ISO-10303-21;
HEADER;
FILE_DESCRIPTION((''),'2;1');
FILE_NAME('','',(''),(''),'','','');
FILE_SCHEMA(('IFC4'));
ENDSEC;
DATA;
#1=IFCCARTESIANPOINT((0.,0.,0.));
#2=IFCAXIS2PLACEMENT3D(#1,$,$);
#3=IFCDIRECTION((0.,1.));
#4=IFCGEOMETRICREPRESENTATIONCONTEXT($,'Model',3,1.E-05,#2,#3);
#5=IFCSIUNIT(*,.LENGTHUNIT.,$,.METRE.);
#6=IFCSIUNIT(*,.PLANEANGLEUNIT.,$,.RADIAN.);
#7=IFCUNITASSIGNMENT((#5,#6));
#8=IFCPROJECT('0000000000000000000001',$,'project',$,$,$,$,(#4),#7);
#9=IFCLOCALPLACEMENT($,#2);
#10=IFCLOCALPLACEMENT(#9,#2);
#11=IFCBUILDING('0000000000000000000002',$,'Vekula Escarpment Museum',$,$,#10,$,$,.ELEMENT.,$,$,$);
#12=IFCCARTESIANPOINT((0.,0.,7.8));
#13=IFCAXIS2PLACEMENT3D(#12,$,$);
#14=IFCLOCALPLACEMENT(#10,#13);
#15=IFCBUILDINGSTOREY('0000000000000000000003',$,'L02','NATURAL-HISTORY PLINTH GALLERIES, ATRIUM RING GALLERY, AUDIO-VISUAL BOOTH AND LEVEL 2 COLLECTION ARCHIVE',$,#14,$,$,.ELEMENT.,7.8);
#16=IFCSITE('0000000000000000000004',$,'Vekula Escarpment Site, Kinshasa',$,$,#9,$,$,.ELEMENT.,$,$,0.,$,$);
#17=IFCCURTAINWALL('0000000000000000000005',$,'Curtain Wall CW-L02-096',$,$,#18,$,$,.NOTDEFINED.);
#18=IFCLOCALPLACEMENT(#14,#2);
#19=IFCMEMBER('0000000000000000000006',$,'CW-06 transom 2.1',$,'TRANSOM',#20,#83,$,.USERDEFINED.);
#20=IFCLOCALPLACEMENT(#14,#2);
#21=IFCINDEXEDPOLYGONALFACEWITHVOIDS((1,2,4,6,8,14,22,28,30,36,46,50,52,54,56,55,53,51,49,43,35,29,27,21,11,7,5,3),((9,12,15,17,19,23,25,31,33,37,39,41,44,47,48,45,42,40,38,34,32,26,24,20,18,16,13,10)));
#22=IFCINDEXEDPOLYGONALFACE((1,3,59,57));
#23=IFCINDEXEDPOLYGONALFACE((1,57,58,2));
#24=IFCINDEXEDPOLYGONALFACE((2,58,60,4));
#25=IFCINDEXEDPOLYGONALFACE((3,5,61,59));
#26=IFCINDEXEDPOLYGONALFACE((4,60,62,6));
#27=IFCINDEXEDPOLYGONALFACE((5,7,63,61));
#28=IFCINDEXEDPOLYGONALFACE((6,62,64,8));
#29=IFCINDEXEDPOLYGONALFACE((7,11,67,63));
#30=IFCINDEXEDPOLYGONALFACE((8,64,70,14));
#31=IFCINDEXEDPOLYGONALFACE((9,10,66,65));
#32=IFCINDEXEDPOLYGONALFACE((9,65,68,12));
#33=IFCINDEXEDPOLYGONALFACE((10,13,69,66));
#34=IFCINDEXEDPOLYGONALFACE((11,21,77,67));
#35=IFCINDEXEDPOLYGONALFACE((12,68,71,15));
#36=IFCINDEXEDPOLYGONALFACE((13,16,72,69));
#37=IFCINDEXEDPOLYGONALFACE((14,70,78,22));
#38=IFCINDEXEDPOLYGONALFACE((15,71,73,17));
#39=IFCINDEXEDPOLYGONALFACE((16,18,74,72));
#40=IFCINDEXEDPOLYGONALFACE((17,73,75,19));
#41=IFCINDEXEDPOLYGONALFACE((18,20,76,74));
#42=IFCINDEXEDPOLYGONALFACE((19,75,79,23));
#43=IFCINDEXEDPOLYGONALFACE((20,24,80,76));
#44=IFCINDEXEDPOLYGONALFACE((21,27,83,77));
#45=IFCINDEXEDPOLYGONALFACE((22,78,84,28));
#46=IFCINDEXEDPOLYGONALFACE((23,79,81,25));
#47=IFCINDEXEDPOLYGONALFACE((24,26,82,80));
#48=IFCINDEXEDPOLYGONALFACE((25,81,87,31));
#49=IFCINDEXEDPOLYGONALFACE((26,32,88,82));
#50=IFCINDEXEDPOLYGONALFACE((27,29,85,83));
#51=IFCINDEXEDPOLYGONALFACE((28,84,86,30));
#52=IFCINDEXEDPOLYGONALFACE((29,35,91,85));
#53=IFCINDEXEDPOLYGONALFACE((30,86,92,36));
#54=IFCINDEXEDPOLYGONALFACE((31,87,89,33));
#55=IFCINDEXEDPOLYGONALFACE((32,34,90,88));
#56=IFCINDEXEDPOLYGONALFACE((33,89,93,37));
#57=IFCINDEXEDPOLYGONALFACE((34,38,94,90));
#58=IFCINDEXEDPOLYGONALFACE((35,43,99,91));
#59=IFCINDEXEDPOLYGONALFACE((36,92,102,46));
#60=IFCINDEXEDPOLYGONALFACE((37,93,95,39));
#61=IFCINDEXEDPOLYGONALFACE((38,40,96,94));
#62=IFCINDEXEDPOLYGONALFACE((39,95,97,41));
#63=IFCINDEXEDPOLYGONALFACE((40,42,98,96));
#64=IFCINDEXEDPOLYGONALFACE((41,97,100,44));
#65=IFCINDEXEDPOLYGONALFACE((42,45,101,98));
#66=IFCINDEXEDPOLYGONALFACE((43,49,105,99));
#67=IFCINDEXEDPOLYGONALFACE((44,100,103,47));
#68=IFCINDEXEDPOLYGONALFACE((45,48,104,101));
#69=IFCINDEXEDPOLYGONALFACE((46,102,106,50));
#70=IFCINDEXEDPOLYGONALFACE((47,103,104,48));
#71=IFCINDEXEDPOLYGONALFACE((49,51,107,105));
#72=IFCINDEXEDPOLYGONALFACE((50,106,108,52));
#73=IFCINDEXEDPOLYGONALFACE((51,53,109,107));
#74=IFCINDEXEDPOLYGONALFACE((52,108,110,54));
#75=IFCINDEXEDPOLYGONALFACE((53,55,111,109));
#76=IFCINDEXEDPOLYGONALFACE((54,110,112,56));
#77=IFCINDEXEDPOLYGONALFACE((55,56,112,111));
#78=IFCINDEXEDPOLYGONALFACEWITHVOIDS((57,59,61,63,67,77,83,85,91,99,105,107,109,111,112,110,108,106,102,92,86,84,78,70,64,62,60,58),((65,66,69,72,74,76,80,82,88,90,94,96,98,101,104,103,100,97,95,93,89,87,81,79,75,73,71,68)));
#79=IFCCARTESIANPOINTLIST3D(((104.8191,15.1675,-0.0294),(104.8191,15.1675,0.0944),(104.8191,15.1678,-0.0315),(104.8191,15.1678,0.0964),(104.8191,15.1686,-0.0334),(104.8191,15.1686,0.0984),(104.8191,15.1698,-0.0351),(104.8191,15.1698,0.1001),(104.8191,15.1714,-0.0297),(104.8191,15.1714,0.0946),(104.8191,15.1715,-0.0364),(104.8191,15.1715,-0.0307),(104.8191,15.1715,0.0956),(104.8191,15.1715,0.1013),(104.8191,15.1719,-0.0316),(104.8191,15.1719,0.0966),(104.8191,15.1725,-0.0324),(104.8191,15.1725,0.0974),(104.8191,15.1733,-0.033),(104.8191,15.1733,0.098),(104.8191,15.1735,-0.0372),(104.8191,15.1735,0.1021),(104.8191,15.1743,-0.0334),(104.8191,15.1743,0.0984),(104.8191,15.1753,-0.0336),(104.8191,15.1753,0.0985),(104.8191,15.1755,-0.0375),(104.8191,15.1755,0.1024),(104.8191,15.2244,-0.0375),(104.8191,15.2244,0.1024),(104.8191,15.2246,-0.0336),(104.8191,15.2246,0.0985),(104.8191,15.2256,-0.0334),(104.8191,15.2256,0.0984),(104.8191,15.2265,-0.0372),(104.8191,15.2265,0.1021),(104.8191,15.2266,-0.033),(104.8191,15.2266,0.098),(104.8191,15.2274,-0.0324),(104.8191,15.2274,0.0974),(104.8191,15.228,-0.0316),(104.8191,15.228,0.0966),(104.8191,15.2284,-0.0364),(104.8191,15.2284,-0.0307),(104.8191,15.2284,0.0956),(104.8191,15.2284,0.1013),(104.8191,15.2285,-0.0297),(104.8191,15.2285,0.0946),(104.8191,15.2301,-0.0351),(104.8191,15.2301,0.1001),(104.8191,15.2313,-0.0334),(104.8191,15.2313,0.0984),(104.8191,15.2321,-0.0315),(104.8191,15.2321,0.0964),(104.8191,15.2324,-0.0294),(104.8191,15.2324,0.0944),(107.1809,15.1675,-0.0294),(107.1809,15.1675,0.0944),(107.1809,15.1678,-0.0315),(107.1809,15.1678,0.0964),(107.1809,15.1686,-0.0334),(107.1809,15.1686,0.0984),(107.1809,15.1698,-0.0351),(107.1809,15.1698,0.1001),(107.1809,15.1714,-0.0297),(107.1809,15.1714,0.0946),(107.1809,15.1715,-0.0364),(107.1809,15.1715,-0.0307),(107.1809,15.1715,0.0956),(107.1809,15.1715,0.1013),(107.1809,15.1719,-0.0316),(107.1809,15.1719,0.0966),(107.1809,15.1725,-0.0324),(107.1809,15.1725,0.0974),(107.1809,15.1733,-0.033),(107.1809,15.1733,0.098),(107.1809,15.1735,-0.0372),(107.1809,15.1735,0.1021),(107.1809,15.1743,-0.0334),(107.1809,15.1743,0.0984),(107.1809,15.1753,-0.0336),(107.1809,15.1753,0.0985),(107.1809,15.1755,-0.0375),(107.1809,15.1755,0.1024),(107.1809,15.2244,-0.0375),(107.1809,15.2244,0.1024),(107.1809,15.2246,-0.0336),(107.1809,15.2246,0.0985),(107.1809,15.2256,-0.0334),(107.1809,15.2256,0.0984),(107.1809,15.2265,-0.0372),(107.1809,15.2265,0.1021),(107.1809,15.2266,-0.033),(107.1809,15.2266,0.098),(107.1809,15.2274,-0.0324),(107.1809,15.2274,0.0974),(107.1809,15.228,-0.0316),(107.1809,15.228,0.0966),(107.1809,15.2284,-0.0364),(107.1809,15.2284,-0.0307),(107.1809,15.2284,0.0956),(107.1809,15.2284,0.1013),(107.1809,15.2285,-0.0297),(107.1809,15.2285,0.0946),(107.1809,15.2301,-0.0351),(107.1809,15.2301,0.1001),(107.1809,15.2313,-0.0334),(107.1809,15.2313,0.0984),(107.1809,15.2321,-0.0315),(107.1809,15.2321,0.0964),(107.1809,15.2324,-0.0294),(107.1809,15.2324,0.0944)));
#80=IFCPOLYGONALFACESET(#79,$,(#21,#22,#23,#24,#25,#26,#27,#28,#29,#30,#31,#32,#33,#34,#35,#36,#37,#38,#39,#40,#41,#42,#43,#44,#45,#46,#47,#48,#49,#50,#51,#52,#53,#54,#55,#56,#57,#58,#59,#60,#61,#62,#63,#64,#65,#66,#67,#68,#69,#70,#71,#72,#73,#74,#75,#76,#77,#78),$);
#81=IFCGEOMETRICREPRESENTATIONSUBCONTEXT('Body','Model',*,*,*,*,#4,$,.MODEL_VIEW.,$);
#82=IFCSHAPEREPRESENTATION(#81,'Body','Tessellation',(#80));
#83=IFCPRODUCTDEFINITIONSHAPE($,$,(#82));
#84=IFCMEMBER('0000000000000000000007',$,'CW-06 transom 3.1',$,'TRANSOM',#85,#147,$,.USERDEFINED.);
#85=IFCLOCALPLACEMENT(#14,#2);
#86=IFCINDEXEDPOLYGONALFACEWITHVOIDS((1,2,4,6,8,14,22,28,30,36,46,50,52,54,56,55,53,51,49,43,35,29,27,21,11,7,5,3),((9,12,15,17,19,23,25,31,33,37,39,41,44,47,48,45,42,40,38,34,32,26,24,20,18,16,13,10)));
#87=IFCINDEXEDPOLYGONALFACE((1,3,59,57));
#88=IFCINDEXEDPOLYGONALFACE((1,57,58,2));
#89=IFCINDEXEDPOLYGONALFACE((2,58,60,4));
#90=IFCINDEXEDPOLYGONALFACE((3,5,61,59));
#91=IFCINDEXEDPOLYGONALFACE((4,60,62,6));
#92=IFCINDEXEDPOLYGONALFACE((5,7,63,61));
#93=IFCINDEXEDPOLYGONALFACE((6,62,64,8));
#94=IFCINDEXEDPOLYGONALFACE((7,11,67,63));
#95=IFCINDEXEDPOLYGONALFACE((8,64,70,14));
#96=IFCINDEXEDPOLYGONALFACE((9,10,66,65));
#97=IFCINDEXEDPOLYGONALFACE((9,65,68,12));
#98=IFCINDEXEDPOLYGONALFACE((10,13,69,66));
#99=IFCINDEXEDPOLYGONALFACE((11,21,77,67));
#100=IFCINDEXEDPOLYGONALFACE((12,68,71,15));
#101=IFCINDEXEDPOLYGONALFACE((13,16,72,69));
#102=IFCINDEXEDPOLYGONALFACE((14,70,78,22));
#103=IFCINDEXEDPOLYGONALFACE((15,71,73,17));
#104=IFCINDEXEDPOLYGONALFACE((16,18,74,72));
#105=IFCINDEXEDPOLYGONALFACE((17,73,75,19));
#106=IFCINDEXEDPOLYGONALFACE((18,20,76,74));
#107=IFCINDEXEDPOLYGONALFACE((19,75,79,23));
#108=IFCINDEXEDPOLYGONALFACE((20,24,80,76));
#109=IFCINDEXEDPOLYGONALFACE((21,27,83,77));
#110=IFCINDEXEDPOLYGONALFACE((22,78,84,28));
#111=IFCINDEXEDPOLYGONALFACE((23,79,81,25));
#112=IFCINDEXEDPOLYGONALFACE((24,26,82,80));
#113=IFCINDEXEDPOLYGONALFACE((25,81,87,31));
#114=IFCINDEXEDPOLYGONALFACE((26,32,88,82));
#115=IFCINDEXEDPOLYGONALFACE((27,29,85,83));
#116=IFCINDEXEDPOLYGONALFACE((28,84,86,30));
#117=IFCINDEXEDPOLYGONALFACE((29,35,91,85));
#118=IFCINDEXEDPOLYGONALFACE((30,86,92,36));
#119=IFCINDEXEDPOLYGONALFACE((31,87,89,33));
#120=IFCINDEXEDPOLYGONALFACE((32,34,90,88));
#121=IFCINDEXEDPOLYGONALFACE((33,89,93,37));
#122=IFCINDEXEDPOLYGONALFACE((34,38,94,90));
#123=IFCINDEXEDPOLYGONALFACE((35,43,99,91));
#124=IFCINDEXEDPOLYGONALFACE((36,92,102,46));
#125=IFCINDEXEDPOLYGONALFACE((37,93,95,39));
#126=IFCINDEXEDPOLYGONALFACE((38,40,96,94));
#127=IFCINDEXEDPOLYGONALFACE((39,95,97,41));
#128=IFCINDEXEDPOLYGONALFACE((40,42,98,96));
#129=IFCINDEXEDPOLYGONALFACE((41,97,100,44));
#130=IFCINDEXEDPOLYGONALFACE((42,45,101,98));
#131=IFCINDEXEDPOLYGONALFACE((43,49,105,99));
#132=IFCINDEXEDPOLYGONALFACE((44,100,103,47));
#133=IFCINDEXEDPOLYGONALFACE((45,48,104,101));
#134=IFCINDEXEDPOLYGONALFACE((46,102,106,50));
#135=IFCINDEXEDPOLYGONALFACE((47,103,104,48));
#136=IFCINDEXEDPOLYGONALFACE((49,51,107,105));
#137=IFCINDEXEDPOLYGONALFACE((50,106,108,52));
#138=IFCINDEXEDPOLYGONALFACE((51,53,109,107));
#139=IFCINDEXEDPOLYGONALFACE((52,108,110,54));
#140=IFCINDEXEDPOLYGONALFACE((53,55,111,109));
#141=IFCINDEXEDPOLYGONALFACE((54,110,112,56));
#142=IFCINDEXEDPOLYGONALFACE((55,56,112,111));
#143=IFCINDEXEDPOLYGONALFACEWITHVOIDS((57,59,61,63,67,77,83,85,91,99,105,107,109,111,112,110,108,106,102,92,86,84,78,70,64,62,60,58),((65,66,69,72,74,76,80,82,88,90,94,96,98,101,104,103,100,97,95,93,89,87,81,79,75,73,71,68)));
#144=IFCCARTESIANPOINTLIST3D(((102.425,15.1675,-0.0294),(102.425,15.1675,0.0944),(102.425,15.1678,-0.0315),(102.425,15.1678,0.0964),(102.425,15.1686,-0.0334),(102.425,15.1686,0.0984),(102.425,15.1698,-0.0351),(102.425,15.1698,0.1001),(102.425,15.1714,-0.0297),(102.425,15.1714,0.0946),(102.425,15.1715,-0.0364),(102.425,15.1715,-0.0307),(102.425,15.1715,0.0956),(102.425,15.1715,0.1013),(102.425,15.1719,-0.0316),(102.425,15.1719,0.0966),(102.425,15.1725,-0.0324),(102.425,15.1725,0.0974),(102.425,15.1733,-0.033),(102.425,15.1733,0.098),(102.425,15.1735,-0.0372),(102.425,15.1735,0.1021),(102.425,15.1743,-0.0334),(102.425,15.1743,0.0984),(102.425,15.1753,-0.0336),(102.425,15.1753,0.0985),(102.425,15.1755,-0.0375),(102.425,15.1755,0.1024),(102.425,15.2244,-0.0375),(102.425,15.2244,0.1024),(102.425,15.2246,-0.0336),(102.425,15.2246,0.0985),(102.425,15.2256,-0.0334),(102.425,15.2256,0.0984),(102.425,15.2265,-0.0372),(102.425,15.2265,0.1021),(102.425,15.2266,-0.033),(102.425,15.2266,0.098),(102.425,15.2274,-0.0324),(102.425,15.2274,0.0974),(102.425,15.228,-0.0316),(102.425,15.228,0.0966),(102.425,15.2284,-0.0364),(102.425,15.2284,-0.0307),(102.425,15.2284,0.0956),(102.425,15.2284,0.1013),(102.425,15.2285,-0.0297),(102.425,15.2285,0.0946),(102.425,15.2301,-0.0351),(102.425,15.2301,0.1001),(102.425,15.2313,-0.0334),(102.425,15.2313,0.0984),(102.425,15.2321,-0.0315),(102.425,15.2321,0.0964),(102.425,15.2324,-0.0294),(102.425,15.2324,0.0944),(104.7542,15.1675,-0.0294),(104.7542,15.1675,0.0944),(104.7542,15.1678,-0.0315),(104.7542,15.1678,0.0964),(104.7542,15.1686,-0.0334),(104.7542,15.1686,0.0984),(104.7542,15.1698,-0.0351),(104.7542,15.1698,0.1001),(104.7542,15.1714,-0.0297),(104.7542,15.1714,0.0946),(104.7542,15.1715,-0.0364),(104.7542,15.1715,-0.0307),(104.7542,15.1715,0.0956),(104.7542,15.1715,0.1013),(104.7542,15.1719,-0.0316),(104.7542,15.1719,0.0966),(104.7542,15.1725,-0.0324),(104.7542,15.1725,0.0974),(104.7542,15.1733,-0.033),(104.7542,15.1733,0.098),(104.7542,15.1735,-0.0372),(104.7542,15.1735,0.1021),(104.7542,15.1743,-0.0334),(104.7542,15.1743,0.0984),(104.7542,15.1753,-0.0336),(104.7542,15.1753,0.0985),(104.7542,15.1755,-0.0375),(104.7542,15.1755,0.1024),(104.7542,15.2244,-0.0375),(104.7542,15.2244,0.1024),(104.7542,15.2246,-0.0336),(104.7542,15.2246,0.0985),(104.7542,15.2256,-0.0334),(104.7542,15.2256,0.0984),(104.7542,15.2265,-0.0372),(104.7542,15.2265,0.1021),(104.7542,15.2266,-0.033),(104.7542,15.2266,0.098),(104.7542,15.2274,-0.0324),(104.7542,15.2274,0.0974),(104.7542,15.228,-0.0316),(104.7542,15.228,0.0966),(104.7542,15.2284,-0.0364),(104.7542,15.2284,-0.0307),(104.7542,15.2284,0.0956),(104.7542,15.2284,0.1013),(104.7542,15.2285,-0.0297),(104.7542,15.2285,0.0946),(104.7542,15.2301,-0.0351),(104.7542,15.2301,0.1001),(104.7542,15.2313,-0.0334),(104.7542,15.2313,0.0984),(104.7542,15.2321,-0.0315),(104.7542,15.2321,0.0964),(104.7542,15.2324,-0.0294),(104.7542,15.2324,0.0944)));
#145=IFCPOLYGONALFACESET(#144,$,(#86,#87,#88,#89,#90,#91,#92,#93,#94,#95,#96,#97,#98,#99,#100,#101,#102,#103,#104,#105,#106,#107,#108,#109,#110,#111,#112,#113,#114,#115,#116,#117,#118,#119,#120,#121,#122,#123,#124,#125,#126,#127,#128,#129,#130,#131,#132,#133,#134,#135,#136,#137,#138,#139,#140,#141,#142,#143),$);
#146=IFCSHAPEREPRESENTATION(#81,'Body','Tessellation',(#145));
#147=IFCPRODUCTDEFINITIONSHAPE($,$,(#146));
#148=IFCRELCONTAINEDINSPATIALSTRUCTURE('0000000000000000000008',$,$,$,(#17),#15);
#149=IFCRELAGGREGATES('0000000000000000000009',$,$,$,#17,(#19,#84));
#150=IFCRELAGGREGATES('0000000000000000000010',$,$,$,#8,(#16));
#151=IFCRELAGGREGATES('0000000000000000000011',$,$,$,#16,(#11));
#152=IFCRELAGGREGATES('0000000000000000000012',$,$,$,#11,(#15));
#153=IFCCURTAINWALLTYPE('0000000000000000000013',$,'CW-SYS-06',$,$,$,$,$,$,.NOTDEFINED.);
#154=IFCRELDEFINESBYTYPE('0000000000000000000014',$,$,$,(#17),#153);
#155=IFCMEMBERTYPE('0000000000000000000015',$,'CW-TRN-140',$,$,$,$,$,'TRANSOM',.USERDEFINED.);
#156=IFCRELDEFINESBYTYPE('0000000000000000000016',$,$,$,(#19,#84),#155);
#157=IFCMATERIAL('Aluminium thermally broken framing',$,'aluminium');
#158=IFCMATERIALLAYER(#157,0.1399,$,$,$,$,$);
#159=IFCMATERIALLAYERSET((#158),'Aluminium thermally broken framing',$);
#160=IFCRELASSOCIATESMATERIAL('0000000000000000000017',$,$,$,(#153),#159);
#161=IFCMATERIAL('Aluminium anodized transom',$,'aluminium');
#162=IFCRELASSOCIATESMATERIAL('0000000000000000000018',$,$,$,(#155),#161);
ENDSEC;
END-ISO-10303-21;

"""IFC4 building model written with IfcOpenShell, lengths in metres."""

from ifc_helpers import new_model, si_unit, direction, frame, origin, origin_2d, place, context, subcontext, project, spatial, hollow_rectangle, extrude, material, layer, layer_set, material_profile, profile_set, type_object, element, aggregate, save


model = new_model("IFC4")

# Units and contexts
model_context = context("Model", 3, precision=1e-05, world=origin(), true_north=direction((0.0, 1.0)))
body_context = subcontext(model_context, "Body", "Model", "MODEL_VIEW")
ifc_project = project(units=[si_unit("LENGTHUNIT", "METRE"), si_unit("PLANEANGLEUNIT", "RADIAN")], contexts=[model_context])

# Site, building, storey
site_placement = place(None, origin())
site = spatial("IfcSite", under=ifc_project, at=site_placement, Name="Vekula Escarpment Site, Kinshasa", CompositionType="ELEMENT", RefElevation=0.0)
building_placement = place(site_placement, origin())
building = spatial("IfcBuilding", under=site, at=building_placement, Name="Vekula Escarpment Museum", CompositionType="ELEMENT")
storey_placement = place(building_placement, frame((0.0, 0.0, 7.8)))
storey = spatial("IfcBuildingStorey", under=building, at=storey_placement, Name="L02", Description="NATURAL-HISTORY PLINTH GALLERIES, ATRIUM RING GALLERY, AUDIO-VISUAL BOOTH AND LEVEL 2 COLLECTION ARCHIVE", CompositionType="ELEMENT", Elevation=7.8)

# Curtain wall
ifc_material_1 = material(Name="Aluminium thermally broken framing", Category="aluminium")
ifc_layer_1 = layer(ifc_material_1, 0.1399)
ifc_layer_set_1 = layer_set([ifc_layer_1], Name="Aluminium thermally broken framing")
curtain_wall_type_1 = type_object("IfcCurtainWallType", Name="CW-SYS-06", PredefinedType="NOTDEFINED", material=ifc_layer_set_1)
curtain_wall_1_placement = place(storey_placement, origin())
curtain_wall_1 = element("IfcCurtainWall", 1, at=curtain_wall_1_placement, inside=storey, type_object=curtain_wall_type_1, Name="Curtain Wall CW-L02-096", PredefinedType="NOTDEFINED")

# Members
ifc_material_2 = material(Name="Aluminium anodized transom", Category="aluminium")
ifc_material_profile_1 = material_profile(ifc_material_2, hollow_rectangle(XDim=0.0649, YDim=0.1399, WallThickness=0.0039, InnerFilletRadius=0.0039, OuterFilletRadius=0.0081, at=origin_2d()), Name="ALU 140x65x4")
ifc_profile_set_1 = profile_set([ifc_material_profile_1], Name="Aluminium anodized transom")
member_type_1 = type_object("IfcMemberType", Name="CW-TRN-140", ElementType="TRANSOM", PredefinedType="USERDEFINED", material=ifc_profile_set_1)
member_1_placement = place(storey_placement, frame((107.1809, 15.2, 0.0325), z_axis=(-1.0, 0.0, 0.0), x_axis=(0.0, -1.0, 0.0)))
member_1 = element("IfcMember", 2, at=member_1_placement, type_object=member_type_1, Name="CW-06 transom 2.1", ObjectType="TRANSOM", PredefinedType="USERDEFINED", context=body_context, shape_type="SweptSolid", body=[
    extrude(hollow_rectangle(XDim=0.0649, YDim=0.1399, WallThickness=0.0039, InnerFilletRadius=0.0039, OuterFilletRadius=0.0081, at=origin_2d()), origin(), (0.0, 0.0, 1.0), 2.3618),
])
member_2_placement = place(storey_placement, frame((104.7542, 15.2, 0.0325), z_axis=(-1.0, 0.0, 0.0), x_axis=(0.0, -1.0, 0.0)))
member_2 = element("IfcMember", 3, at=member_2_placement, type_object=member_type_1, Name="CW-06 transom 3.1", ObjectType="TRANSOM", PredefinedType="USERDEFINED", context=body_context, shape_type="SweptSolid", body=[
    extrude(hollow_rectangle(XDim=0.0649, YDim=0.1399, WallThickness=0.0039, InnerFilletRadius=0.0039, OuterFilletRadius=0.0081, at=origin_2d()), origin(), (0.0, 0.0, 1.0), 2.3291),
])

aggregate(curtain_wall_1, [member_1, member_2])

save(model, "model.ifc")
